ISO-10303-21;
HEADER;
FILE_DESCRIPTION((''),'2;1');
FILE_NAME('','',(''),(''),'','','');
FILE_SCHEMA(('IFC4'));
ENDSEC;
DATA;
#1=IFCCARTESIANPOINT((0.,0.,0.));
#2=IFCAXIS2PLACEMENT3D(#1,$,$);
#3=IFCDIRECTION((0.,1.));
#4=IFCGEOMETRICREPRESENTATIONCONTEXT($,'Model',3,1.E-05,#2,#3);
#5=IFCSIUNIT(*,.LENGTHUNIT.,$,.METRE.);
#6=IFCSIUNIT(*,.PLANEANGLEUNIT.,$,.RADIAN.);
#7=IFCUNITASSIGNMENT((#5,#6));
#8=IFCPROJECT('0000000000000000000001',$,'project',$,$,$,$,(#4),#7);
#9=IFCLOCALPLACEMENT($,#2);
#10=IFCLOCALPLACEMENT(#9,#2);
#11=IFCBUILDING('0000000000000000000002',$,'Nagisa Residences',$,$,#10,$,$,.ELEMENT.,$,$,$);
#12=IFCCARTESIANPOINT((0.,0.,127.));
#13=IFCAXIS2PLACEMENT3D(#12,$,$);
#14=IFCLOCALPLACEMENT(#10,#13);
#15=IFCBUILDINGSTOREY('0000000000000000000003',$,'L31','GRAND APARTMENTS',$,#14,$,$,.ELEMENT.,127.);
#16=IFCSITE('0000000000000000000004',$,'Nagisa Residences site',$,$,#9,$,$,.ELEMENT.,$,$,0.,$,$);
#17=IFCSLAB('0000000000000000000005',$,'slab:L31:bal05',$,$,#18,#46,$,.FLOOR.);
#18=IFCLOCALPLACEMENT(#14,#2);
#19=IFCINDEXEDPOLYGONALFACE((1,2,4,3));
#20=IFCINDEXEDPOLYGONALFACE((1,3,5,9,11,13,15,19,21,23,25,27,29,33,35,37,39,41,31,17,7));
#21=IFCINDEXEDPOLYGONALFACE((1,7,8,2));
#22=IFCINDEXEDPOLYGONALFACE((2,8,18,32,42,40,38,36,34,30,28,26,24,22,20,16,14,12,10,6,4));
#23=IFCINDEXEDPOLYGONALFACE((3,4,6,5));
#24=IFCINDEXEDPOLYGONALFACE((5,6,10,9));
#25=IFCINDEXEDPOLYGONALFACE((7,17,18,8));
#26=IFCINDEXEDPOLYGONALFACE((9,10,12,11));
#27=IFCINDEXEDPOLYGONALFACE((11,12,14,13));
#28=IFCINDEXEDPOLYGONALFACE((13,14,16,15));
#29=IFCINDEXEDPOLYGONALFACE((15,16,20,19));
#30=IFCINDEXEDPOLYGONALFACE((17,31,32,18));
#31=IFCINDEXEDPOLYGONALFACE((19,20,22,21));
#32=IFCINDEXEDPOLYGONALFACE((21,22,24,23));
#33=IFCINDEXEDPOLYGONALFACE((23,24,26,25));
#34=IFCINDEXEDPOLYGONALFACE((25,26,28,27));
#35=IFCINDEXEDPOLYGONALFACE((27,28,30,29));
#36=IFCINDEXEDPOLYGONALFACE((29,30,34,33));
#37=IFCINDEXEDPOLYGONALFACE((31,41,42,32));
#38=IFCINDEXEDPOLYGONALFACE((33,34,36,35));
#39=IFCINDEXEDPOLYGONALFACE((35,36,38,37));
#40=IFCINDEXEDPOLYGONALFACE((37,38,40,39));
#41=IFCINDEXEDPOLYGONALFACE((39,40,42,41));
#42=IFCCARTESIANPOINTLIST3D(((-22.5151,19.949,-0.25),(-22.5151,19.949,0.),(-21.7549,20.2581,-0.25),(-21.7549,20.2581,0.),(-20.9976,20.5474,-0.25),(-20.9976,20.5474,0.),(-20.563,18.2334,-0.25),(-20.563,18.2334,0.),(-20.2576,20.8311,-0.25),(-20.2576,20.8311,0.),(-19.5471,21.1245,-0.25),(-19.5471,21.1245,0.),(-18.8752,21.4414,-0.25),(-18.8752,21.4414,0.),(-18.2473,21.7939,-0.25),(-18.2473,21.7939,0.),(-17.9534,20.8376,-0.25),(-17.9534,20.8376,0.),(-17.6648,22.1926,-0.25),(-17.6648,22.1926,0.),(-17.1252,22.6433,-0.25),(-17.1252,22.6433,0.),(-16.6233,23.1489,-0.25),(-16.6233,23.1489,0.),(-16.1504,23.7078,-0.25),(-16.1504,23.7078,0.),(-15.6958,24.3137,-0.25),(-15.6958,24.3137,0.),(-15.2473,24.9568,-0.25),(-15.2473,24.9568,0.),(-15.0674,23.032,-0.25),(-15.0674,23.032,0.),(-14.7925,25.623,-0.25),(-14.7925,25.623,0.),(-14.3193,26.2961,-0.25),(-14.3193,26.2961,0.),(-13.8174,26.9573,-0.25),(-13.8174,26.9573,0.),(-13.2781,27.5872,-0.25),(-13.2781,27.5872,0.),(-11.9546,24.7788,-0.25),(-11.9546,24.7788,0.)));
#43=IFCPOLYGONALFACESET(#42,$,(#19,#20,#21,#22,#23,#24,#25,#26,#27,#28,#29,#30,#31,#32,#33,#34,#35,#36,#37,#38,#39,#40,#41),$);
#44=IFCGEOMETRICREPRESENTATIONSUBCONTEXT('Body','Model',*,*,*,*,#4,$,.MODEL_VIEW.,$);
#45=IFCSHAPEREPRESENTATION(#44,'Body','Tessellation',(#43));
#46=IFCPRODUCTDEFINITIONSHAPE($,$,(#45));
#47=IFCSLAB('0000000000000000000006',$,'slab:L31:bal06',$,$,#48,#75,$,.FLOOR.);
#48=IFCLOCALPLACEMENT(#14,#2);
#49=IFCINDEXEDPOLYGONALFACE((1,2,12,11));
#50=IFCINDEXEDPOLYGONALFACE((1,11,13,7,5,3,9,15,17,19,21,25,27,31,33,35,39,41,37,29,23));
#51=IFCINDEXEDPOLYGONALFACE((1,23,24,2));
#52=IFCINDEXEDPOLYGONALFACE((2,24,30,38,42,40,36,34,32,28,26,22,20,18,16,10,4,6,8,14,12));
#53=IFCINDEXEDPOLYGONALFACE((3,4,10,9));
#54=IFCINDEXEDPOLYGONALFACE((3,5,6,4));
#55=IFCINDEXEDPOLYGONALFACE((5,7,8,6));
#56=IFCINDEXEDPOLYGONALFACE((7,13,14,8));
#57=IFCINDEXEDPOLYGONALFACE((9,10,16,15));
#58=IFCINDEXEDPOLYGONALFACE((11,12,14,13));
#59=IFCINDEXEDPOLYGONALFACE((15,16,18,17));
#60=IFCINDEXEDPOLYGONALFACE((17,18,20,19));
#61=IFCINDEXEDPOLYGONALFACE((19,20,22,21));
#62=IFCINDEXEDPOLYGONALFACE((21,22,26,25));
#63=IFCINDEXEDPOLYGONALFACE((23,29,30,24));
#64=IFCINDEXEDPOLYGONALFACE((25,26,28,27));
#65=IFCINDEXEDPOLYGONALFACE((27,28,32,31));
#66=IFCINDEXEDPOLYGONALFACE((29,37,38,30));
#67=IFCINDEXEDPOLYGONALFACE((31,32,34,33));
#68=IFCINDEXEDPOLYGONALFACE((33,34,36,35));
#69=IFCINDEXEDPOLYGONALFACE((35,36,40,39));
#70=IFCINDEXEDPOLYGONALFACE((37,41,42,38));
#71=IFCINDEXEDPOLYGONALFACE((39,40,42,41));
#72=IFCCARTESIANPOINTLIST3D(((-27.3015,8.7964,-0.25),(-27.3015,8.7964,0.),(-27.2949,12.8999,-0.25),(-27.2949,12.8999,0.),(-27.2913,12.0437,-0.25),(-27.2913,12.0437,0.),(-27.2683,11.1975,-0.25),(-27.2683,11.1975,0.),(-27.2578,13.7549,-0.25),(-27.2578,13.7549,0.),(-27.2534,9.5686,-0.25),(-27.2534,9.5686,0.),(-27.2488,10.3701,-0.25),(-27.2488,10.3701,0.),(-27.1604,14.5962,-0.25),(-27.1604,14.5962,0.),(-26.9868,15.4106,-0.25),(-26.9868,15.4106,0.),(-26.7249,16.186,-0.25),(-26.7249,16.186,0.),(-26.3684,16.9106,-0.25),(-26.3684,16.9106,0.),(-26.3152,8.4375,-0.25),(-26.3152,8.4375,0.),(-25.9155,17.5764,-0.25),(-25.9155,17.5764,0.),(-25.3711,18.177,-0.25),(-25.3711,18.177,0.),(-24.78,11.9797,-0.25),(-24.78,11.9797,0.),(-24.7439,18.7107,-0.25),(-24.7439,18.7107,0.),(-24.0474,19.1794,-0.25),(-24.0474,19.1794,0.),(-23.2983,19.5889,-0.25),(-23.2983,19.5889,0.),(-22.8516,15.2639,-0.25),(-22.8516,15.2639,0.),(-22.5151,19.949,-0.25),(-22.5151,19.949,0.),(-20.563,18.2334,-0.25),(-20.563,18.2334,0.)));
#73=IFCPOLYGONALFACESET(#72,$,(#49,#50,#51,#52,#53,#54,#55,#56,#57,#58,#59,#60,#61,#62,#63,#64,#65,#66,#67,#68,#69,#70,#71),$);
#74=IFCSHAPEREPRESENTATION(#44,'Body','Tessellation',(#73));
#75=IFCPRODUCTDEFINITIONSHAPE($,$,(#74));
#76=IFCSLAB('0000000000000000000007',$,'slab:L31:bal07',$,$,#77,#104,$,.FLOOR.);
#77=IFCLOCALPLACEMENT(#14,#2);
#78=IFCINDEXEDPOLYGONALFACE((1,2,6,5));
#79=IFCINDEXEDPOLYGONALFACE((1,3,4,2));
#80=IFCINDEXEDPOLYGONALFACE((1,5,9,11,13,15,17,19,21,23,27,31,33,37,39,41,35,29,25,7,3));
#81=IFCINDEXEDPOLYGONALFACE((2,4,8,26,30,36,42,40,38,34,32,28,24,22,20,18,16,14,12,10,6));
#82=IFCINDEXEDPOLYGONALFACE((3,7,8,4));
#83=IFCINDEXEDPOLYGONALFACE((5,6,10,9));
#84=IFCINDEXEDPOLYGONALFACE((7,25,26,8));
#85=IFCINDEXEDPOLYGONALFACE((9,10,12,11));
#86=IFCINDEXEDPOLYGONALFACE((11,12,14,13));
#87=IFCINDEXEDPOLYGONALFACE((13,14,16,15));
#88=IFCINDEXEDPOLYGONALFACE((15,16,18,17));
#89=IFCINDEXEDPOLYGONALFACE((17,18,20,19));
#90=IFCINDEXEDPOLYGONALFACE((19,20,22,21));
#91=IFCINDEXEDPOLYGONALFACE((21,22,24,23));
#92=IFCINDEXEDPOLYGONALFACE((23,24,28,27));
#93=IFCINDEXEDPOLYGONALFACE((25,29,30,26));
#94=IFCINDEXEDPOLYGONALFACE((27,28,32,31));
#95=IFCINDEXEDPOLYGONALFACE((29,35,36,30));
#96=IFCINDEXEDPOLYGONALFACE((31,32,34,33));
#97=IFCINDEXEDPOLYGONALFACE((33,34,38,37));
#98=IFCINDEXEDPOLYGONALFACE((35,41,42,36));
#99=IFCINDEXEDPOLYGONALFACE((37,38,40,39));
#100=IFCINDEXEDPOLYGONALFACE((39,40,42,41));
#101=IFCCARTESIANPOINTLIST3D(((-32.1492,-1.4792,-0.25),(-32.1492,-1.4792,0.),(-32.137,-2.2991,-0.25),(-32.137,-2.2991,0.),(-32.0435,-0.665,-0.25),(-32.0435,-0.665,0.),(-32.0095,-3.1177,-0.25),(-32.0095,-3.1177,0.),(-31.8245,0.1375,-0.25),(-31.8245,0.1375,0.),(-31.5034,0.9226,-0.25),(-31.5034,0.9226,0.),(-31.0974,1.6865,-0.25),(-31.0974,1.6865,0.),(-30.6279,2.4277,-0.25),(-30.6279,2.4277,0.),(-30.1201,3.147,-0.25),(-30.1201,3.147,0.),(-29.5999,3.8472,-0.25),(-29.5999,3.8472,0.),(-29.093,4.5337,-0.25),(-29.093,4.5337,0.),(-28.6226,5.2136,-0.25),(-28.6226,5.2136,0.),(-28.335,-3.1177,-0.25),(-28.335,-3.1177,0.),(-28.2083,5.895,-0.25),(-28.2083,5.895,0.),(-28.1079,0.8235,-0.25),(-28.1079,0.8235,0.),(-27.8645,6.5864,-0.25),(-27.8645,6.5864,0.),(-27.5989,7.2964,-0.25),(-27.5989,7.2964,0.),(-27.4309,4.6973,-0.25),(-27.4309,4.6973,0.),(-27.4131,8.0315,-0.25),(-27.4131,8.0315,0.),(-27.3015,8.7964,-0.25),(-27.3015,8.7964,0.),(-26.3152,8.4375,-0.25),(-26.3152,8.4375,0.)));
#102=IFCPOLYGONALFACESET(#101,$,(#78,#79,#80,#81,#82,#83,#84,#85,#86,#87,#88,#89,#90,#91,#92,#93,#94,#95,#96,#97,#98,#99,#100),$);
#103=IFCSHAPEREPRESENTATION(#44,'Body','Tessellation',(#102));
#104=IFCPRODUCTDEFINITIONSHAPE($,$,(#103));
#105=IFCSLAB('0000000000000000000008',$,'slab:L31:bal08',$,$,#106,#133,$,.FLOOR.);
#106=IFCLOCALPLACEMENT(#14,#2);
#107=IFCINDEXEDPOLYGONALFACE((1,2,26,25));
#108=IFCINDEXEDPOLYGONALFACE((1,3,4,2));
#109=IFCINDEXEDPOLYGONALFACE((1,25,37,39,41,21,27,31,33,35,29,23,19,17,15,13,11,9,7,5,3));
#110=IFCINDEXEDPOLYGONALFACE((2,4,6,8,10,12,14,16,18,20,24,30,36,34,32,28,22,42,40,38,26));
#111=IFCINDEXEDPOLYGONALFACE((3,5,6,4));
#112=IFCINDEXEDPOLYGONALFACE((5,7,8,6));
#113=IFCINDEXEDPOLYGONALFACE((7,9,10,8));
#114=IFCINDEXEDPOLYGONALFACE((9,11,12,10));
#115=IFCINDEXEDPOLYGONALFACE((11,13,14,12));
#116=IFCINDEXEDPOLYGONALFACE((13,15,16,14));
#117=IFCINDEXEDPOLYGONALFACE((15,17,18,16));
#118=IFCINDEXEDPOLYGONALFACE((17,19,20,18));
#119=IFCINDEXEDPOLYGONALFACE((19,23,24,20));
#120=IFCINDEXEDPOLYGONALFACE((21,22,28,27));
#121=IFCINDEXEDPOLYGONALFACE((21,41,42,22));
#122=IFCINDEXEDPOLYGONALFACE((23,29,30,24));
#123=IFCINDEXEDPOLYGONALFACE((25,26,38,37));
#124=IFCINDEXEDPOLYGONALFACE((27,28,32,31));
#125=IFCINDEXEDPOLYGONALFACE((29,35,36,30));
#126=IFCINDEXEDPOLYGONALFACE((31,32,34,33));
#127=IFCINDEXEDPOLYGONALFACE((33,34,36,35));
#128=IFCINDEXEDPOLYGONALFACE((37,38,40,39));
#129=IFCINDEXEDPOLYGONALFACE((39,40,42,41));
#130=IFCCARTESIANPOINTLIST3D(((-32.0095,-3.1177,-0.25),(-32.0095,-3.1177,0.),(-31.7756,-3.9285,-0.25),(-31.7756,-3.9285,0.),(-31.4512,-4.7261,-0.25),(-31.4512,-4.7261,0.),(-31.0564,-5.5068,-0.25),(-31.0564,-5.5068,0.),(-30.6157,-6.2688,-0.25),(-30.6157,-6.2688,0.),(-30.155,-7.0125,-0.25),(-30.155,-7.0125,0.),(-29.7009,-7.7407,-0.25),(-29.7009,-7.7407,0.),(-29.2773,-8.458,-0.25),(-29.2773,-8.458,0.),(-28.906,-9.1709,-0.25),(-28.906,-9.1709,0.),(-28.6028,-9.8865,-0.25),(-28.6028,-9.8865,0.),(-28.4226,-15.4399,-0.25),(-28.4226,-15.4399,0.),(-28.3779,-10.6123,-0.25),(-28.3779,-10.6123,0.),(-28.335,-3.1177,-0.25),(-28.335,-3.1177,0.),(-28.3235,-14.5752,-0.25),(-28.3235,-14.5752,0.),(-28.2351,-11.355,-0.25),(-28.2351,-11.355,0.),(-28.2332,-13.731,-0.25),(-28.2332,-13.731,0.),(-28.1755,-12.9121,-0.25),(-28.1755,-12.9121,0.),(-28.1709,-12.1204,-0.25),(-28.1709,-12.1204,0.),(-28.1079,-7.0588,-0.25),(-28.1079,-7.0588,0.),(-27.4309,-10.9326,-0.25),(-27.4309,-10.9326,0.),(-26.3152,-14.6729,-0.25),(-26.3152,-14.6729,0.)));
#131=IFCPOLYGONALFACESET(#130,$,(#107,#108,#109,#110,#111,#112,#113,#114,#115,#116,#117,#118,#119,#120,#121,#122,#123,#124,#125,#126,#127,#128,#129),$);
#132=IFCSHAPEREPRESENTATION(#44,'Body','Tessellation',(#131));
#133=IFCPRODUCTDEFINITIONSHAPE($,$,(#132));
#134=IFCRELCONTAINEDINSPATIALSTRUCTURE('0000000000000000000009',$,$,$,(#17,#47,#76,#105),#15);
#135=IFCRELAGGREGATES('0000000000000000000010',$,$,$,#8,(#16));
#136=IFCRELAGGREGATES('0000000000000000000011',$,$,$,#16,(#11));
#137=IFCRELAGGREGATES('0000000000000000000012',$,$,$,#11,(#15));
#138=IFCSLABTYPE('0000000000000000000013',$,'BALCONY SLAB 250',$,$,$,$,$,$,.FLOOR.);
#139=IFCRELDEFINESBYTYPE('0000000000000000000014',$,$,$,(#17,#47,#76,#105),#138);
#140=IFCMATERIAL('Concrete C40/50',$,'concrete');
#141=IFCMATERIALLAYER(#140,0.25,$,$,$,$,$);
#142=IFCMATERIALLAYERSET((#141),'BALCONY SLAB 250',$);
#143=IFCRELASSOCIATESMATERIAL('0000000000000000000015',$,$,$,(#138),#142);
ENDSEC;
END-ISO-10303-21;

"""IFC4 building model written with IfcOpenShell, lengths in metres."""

from ifc_helpers import new_model, si_unit, direction, frame, origin, place, context, subcontext, project, spatial, polyline, outline, extrude, material, layer, layer_set, type_object, element, save


model = new_model("IFC4")

# Units and contexts
model_context = context("Model", 3, precision=1e-05, world=origin(), true_north=direction((0.0, 1.0)))
body_context = subcontext(model_context, "Body", "Model", "MODEL_VIEW")
ifc_project = project(units=[si_unit("LENGTHUNIT", "METRE"), si_unit("PLANEANGLEUNIT", "RADIAN")], contexts=[model_context])

# Site, building, storey
site_placement = place(None, origin())
site = spatial("IfcSite", under=ifc_project, at=site_placement, Name="Nagisa Residences site", CompositionType="ELEMENT", RefElevation=0.0)
building_placement = place(site_placement, origin())
building = spatial("IfcBuilding", under=site, at=building_placement, Name="Nagisa Residences", CompositionType="ELEMENT")
storey_placement = place(building_placement, frame((0.0, 0.0, 127.0)))
storey = spatial("IfcBuildingStorey", under=building, at=storey_placement, Name="L31", Description="GRAND APARTMENTS", CompositionType="ELEMENT", Elevation=127.0)

# Slabs
ifc_material_1 = material(Name="Concrete C40/50", Category="concrete")
ifc_layer_1 = layer(ifc_material_1, 0.25)
ifc_layer_set_1 = layer_set([ifc_layer_1], Name="BALCONY SLAB 250")
slab_type_1 = type_object("IfcSlabType", Name="BALCONY SLAB 250", PredefinedType="FLOOR", material=ifc_layer_set_1)
slab_1_placement = place(storey_placement, frame((0.0, 0.0, -0.25)))
element("IfcSlab", 1, at=slab_1_placement, inside=storey, type_object=slab_type_1, Name="slab:L31:bal05", PredefinedType="FLOOR", context=body_context, shape_type="SweptSolid", body=[
    extrude(outline(polyline([(-13.2781, 27.5872), (-13.8174, 26.9573), (-14.3193, 26.2961), (-14.7925, 25.623), (-15.2473, 24.9568), (-15.6958, 24.3137), (-16.1504, 23.7078), (-16.6233, 23.1489), (-17.1252, 22.6433), (-17.6648, 22.1926), (-18.2473, 21.7939), (-18.8752, 21.4414), (-19.5471, 21.1245), (-20.2576, 20.8311), (-20.9976, 20.5474), (-21.7549, 20.2581), (-22.5151, 19.949), (-20.563, 18.2334), (-17.9534, 20.8376), (-15.0674, 23.032), (-11.9546, 24.7788), (-13.2781, 27.5872)])), origin(), (0.0, 0.0, 1.0), 0.25),
])
slab_2_placement = place(storey_placement, frame((0.0, 0.0, -0.25)))
element("IfcSlab", 2, at=slab_2_placement, inside=storey, type_object=slab_type_1, Name="slab:L31:bal06", PredefinedType="FLOOR", context=body_context, shape_type="SweptSolid", body=[
    extrude(outline(polyline([(-22.5151, 19.949), (-23.2983, 19.5889), (-24.0474, 19.1794), (-24.7439, 18.7107), (-25.3711, 18.177), (-25.9155, 17.5764), (-26.3684, 16.9106), (-26.7249, 16.186), (-26.9868, 15.4106), (-27.1604, 14.5962), (-27.2578, 13.7549), (-27.2949, 12.8999), (-27.2913, 12.0437), (-27.2683, 11.1975), (-27.2488, 10.3701), (-27.2534, 9.5686), (-27.3015, 8.7964), (-26.3152, 8.4375), (-24.78, 11.9797), (-22.8516, 15.2639), (-20.563, 18.2334), (-22.5151, 19.949)])), origin(), (0.0, 0.0, 1.0), 0.25),
])
slab_3_placement = place(storey_placement, frame((0.0, 0.0, -0.25)))
element("IfcSlab", 3, at=slab_3_placement, inside=storey, type_object=slab_type_1, Name="slab:L31:bal07", PredefinedType="FLOOR", context=body_context, shape_type="SweptSolid", body=[
    extrude(outline(polyline([(-27.3015, 8.7964), (-27.4131, 8.0315), (-27.5989, 7.2964), (-27.8645, 6.5864), (-28.2083, 5.895), (-28.6226, 5.2136), (-29.093, 4.5337), (-29.5999, 3.8472), (-30.1201, 3.147), (-30.6279, 2.4277), (-31.0974, 1.6865), (-31.5034, 0.9226), (-31.8245, 0.1375), (-32.0435, -0.665), (-32.1492, -1.4792), (-32.137, -2.2991), (-32.0095, -3.1177), (-28.335, -3.1177), (-28.1079, 0.8235), (-27.4309, 4.6973), (-26.3152, 8.4375), (-27.3015, 8.7964)])), origin(), (0.0, 0.0, 1.0), 0.25),
])
slab_4_placement = place(storey_placement, frame((0.0, 0.0, -0.25)))
element("IfcSlab", 4, at=slab_4_placement, inside=storey, type_object=slab_type_1, Name="slab:L31:bal08", PredefinedType="FLOOR", context=body_context, shape_type="SweptSolid", body=[
    extrude(outline(polyline([(-32.0095, -3.1177), (-31.7756, -3.9285), (-31.4512, -4.7261), (-31.0564, -5.5068), (-30.6157, -6.2688), (-30.155, -7.0125), (-29.7009, -7.7407), (-29.2773, -8.458), (-28.906, -9.1709), (-28.6028, -9.8865), (-28.3779, -10.6123), (-28.2351, -11.355), (-28.1709, -12.1204), (-28.1755, -12.9121), (-28.2332, -13.731), (-28.3235, -14.5752), (-28.4226, -15.4399), (-26.3152, -14.6729), (-27.4309, -10.9326), (-28.1079, -7.0588), (-28.335, -3.1177), (-32.0095, -3.1177)])), origin(), (0.0, 0.0, 1.0), 0.25),
])

save(model, "model.ifc")
